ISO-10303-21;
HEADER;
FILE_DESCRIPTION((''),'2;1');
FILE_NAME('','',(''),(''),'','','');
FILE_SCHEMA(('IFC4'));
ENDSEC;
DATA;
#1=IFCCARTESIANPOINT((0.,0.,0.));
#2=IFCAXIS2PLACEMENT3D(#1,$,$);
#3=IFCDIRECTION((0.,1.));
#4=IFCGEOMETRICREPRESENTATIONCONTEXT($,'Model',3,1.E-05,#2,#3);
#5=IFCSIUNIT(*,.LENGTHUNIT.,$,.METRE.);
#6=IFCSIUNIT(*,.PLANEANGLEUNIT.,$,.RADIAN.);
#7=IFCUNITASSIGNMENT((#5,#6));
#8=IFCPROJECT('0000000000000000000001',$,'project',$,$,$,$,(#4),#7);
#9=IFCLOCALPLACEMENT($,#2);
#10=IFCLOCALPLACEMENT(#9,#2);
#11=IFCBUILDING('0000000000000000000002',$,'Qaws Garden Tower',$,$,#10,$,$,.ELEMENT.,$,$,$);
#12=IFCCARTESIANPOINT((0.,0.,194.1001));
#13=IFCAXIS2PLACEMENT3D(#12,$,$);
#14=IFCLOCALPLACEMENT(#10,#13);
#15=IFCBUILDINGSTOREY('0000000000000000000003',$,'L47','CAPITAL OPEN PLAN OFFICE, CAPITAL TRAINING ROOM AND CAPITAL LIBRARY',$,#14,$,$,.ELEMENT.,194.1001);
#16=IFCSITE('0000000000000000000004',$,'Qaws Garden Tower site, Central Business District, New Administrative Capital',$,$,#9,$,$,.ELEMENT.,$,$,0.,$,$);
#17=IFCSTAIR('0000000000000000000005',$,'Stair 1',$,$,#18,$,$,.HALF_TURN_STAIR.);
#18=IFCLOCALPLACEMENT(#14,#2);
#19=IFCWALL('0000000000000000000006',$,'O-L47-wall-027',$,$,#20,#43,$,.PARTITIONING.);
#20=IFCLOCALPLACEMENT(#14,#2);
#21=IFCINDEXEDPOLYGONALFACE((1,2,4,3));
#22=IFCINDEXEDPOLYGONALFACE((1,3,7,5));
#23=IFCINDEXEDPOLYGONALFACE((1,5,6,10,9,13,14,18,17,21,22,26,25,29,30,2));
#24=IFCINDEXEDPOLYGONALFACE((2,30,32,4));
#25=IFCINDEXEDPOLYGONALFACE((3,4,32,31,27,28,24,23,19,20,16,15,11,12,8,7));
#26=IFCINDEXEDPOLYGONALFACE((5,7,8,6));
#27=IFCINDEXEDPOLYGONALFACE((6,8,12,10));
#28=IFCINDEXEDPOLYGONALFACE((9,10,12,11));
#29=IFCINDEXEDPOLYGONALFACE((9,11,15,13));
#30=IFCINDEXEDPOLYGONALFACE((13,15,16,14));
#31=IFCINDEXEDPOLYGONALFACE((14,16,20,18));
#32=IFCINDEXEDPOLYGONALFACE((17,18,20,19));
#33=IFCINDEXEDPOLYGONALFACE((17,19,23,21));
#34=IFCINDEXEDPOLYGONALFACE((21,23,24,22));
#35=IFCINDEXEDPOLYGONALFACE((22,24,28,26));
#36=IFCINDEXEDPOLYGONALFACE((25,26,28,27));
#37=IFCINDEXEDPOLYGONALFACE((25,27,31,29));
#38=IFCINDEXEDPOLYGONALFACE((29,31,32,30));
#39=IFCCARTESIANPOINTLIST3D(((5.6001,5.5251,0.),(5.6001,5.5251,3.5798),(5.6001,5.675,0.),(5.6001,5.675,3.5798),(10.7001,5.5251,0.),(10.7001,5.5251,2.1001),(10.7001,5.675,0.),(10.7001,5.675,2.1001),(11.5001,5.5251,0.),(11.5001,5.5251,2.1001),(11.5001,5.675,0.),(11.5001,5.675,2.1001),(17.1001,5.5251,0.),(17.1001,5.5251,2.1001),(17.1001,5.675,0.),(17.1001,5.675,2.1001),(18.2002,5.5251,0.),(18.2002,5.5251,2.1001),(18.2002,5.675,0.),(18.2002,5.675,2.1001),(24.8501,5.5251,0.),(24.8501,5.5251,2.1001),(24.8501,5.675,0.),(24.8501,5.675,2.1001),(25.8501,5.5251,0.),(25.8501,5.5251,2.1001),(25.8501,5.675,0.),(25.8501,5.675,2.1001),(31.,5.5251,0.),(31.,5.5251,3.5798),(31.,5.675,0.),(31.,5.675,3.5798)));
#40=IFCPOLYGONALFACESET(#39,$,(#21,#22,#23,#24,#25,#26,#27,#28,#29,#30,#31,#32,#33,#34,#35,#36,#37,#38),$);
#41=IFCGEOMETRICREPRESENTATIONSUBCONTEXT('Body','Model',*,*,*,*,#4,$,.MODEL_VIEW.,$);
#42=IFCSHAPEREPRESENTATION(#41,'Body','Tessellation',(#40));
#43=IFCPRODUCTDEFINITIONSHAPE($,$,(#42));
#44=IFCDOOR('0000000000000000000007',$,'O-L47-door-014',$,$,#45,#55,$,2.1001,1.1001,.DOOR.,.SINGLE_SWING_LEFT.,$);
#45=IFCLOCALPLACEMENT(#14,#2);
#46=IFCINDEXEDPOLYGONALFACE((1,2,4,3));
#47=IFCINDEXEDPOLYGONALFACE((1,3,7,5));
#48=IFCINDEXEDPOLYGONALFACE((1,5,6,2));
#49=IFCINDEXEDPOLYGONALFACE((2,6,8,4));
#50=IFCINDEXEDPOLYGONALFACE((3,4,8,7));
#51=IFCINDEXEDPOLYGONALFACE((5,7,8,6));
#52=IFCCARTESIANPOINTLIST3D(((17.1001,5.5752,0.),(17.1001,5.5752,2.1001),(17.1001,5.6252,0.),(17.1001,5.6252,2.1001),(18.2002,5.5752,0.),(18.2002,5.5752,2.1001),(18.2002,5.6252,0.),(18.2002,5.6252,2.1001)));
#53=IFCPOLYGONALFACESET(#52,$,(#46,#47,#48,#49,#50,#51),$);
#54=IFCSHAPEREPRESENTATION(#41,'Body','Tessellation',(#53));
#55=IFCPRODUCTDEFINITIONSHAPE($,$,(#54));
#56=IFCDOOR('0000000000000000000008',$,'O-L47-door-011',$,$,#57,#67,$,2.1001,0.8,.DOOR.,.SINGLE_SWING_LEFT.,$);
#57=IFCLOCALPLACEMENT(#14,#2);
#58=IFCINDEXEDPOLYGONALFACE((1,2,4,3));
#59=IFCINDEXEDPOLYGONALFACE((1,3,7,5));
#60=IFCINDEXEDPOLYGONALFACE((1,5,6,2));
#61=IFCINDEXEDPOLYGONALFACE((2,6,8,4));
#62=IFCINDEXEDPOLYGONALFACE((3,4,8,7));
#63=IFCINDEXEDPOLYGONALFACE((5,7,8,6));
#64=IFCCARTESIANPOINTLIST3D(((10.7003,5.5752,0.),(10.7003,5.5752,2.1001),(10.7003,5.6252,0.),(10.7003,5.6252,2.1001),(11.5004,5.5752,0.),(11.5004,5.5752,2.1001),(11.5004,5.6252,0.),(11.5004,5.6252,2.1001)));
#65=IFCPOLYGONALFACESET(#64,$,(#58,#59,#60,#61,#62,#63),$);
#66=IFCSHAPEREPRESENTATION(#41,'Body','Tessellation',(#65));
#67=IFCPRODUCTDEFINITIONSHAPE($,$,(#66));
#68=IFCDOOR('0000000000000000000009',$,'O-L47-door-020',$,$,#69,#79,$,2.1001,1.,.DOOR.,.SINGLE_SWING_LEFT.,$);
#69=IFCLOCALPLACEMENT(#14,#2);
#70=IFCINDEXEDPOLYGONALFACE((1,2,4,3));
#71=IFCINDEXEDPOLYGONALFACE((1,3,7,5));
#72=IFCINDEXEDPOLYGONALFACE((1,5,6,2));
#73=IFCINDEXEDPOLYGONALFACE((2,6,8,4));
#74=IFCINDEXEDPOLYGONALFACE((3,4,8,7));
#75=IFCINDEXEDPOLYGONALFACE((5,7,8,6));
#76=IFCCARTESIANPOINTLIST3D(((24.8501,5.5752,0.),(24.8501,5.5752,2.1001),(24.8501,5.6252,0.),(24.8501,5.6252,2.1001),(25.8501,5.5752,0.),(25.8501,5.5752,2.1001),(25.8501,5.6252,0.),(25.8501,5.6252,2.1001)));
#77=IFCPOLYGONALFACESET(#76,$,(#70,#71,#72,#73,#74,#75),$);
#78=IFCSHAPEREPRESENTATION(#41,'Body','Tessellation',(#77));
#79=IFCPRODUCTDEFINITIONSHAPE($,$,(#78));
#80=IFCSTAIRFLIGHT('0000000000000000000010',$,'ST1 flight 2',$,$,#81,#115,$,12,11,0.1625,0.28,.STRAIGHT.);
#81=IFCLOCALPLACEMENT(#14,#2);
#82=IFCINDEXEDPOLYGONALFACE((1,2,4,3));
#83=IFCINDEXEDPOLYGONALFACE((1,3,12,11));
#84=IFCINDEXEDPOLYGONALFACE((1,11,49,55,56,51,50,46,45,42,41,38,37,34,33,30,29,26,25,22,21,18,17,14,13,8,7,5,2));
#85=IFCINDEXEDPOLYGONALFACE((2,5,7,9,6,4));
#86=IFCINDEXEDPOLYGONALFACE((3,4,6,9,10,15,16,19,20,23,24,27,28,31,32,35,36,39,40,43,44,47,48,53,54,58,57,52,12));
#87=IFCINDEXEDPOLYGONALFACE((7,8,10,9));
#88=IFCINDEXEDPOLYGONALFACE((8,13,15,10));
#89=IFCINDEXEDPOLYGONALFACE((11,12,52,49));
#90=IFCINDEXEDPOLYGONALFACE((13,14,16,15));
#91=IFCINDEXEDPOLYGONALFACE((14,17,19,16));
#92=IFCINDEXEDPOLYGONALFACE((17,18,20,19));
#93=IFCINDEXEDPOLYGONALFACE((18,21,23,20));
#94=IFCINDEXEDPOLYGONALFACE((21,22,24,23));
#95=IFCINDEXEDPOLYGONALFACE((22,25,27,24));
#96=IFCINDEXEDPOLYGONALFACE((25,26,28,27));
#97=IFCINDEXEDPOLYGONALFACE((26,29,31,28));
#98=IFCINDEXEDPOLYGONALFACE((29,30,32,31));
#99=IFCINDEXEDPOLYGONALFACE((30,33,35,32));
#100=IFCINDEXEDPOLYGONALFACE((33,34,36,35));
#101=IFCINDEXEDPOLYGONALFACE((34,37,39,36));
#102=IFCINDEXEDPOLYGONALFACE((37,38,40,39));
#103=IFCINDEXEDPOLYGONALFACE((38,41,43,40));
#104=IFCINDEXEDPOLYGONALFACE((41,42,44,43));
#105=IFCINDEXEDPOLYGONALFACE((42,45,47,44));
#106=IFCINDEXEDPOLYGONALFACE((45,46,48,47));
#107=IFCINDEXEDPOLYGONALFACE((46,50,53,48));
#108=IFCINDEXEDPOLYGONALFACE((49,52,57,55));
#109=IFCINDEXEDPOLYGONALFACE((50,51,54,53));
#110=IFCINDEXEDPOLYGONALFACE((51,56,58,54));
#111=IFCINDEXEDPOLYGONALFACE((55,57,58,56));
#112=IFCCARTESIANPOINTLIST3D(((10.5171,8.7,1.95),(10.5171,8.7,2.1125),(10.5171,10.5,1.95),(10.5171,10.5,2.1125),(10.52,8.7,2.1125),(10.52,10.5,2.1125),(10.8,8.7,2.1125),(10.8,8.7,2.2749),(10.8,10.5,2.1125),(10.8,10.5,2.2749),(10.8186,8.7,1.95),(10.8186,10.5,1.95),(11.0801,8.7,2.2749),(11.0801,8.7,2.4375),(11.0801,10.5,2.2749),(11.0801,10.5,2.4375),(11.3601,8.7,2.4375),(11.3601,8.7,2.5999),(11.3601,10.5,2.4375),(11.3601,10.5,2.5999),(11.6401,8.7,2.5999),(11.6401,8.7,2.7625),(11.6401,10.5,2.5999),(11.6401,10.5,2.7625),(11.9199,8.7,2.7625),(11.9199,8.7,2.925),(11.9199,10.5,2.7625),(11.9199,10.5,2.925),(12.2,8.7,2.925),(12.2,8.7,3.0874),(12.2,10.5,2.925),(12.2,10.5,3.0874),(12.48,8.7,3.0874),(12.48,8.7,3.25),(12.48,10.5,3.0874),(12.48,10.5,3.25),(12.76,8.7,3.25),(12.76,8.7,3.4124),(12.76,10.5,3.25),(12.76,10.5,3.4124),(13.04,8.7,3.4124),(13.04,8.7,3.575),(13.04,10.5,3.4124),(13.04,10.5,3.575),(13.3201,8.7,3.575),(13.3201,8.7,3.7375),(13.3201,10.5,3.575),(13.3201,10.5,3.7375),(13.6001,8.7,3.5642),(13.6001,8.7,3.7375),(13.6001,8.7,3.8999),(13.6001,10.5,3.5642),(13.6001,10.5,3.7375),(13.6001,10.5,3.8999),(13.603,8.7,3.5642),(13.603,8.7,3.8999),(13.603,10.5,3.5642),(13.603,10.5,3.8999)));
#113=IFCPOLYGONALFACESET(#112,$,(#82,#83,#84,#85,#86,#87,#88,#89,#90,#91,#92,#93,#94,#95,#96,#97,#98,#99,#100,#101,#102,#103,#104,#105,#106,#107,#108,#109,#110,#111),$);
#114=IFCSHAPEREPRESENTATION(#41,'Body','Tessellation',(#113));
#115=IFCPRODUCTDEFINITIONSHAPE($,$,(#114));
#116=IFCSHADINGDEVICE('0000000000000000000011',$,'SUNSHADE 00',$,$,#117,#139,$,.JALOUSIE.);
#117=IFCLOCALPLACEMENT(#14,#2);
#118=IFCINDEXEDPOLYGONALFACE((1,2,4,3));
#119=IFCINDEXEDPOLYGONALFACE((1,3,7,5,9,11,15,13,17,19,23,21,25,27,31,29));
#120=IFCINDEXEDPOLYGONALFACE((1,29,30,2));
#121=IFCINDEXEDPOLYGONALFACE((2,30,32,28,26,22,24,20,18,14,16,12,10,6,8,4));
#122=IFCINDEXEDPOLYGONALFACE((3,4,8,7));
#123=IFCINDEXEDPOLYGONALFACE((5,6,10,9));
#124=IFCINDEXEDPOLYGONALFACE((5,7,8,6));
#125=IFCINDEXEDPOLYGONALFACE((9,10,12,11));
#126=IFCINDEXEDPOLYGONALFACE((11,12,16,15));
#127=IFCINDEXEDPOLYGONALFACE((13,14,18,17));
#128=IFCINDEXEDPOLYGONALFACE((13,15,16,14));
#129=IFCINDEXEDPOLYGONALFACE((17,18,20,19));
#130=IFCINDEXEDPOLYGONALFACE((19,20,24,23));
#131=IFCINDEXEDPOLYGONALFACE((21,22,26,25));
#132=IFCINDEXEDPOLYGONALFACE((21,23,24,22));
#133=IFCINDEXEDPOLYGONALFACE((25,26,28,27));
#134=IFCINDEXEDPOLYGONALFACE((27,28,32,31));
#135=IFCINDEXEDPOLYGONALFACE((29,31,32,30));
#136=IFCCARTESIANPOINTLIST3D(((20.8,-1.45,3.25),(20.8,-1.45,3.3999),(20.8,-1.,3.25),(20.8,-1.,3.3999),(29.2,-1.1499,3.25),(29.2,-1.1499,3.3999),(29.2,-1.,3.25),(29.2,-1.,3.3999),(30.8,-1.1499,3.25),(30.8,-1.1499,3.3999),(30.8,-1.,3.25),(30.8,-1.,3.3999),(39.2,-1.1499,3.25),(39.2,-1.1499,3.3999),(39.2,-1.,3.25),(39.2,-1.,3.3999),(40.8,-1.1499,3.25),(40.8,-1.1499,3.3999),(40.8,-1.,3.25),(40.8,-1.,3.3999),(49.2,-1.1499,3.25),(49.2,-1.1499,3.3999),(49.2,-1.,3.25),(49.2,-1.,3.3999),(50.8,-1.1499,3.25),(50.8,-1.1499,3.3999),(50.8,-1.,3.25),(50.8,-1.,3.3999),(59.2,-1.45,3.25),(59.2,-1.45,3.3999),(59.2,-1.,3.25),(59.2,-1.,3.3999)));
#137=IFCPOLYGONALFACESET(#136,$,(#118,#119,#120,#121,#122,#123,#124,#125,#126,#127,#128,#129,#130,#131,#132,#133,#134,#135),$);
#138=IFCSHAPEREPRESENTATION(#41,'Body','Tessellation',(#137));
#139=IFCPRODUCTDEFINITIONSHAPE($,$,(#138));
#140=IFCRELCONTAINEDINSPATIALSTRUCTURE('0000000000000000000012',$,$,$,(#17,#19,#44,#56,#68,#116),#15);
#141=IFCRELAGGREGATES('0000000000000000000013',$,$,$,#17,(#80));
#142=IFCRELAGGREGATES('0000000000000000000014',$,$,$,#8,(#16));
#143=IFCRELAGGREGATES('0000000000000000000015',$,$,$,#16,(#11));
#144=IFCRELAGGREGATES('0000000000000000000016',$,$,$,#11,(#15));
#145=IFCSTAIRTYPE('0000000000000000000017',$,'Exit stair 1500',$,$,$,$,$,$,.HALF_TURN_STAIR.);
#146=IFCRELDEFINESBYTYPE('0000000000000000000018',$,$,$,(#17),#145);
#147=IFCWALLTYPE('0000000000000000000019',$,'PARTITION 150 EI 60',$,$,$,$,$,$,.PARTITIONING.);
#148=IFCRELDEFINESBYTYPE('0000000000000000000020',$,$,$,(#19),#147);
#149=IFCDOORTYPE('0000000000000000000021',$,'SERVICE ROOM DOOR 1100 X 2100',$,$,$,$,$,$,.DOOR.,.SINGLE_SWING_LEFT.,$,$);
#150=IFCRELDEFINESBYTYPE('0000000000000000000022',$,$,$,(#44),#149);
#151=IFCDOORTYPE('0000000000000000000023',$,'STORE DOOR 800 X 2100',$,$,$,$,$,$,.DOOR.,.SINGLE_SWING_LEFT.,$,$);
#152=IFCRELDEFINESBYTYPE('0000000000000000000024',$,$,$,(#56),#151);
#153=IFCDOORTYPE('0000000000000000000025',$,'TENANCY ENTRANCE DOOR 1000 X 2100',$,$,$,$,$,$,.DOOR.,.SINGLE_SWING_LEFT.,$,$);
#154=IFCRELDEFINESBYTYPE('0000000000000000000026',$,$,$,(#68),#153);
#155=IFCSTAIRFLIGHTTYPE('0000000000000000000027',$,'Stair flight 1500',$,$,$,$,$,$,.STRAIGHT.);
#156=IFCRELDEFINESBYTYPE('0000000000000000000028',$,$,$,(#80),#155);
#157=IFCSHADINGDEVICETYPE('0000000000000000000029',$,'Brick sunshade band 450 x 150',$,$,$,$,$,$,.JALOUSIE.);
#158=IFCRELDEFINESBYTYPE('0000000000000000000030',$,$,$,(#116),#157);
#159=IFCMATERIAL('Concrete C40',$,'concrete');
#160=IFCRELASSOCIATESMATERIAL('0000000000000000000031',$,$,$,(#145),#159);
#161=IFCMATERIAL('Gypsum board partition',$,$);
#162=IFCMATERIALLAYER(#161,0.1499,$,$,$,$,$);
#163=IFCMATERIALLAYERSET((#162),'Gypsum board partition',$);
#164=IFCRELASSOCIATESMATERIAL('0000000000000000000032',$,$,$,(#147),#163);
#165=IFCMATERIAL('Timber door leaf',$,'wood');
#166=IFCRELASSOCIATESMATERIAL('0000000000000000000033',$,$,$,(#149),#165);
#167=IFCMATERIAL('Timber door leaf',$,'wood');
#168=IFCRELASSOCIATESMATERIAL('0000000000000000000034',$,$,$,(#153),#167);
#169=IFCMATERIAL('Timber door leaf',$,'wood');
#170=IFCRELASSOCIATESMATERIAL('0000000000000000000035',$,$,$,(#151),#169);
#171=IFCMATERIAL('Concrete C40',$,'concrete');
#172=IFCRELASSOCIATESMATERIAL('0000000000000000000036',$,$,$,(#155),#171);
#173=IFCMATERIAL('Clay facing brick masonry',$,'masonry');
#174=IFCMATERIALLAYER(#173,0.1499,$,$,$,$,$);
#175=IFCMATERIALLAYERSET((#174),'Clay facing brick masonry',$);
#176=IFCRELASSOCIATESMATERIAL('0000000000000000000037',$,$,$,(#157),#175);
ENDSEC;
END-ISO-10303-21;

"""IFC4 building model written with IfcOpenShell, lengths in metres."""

from ifc_helpers import new_model, si_unit, direction, frame, frame_2d, origin, place, context, subcontext, project, spatial, polyline, rectangle, outline, extrude, material, layer, layer_set, type_object, element, fill, aggregate, save


model = new_model("IFC4")

# Units and contexts
model_context = context("Model", 3, precision=1e-05, world=origin(), true_north=direction((0.0, 1.0)))
body_context = subcontext(model_context, "Body", "Model", "MODEL_VIEW")
ifc_project = project(units=[si_unit("LENGTHUNIT", "METRE"), si_unit("PLANEANGLEUNIT", "RADIAN")], contexts=[model_context])

# Site, building, storey
site_placement = place(None, origin())
site = spatial("IfcSite", under=ifc_project, at=site_placement, Name="Qaws Garden Tower site, Central Business District, New Administrative Capital", CompositionType="ELEMENT", RefElevation=0.0)
building_placement = place(site_placement, origin())
building = spatial("IfcBuilding", under=site, at=building_placement, Name="Qaws Garden Tower", CompositionType="ELEMENT")
storey_placement = place(building_placement, frame((0.0, 0.0, 194.1001)))
storey = spatial("IfcBuildingStorey", under=building, at=storey_placement, Name="L47", Description="CAPITAL OPEN PLAN OFFICE, CAPITAL TRAINING ROOM AND CAPITAL LIBRARY", CompositionType="ELEMENT", Elevation=194.1001)

# Stair
ifc_material_1 = material(Name="Concrete C40", Category="concrete")
stair_type_1 = type_object("IfcStairType", Name="Exit stair 1500", PredefinedType="HALF_TURN_STAIR", material=ifc_material_1)
placement_1 = place(storey_placement, origin())
stair_1 = element("IfcStair", 1, at=placement_1, inside=storey, type_object=stair_type_1, Name="Stair 1", PredefinedType="HALF_TURN_STAIR")

# Wall, openings, doors
ifc_material_2 = material(Name="Gypsum board partition")
ifc_layer_1 = layer(ifc_material_2, 0.1499)
ifc_layer_set_1 = layer_set([ifc_layer_1], Name="Gypsum board partition")
wall_type_1 = type_object("IfcWallType", Name="PARTITION 150 EI 60", PredefinedType="PARTITIONING", material=ifc_layer_set_1)
ifc_material_3 = material(Name="Timber door leaf", Category="wood")
door_type_1 = type_object("IfcDoorType", Name="SERVICE ROOM DOOR 1100 X 2100", OperationType="SINGLE_SWING_LEFT", PredefinedType="DOOR", material=ifc_material_3)
ifc_material_4 = material(Name="Timber door leaf", Category="wood")
door_type_2 = type_object("IfcDoorType", Name="TENANCY ENTRANCE DOOR 1000 X 2100", OperationType="SINGLE_SWING_LEFT", PredefinedType="DOOR", material=ifc_material_4)
wall_1_placement = place(storey_placement, frame((5.6001, 5.6001, 0.0), z_axis=(0.0, 0.0, 1.0), x_axis=(1.0, 0.0, 0.0)))
wall_1 = element("IfcWall", 2, at=wall_1_placement, inside=storey, type_object=wall_type_1, Name="O-L47-wall-027", PredefinedType="PARTITIONING", context=body_context, shape_type="SweptSolid", body=[
    extrude(rectangle(XDim=25.3999, YDim=0.1499, at=frame_2d((12.7, 0.0))), origin(), (0.0, 0.0, 1.0), 3.5798),
])
opening_1_placement = place(wall_1_placement, frame((5.1001, 0.0, 0.0)))
opening_1 = element("IfcOpeningElement", 3, at=opening_1_placement, cuts=wall_1, PredefinedType="OPENING", context=body_context, shape_type="SweptSolid", body=[
    extrude(rectangle(XDim=0.8, YDim=2.1001, at=frame_2d((0.3999, 1.05))), frame((0.0, 0.085, 0.0), z_axis=(0.0, -1.0, 0.0), x_axis=(1.0, 0.0, 0.0)), (0.0, 0.0, 1.0), 0.1699),
])
opening_2_placement = place(wall_1_placement, frame((11.5, 0.0, 0.0)))
opening_2 = element("IfcOpeningElement", 4, at=opening_2_placement, cuts=wall_1, PredefinedType="OPENING", context=body_context, shape_type="SweptSolid", body=[
    extrude(rectangle(XDim=1.1001, YDim=2.1001, at=frame_2d((0.55, 1.05))), frame((0.0, 0.085, 0.0), z_axis=(0.0, -1.0, 0.0), x_axis=(1.0, 0.0, 0.0)), (0.0, 0.0, 1.0), 0.1699),
])
opening_3_placement = place(wall_1_placement, frame((19.25, 0.0, 0.0)))
opening_3 = element("IfcOpeningElement", 5, at=opening_3_placement, cuts=wall_1, PredefinedType="OPENING", context=body_context, shape_type="SweptSolid", body=[
    extrude(rectangle(XDim=1.0, YDim=2.1001, at=frame_2d((0.5, 1.05))), frame((0.0, 0.085, 0.0), z_axis=(0.0, -1.0, 0.0), x_axis=(1.0, 0.0, 0.0)), (0.0, 0.0, 1.0), 0.1699),
])
door_1_placement = place(opening_2_placement, frame((1.1001, 0.0, 0.0), z_axis=(0.0, 0.0, 1.0), x_axis=(-1.0, 0.0, 0.0)))
door_1 = element("IfcDoor", 6, at=door_1_placement, inside=storey, type_object=door_type_1, Name="O-L47-door-014", OperationType="SINGLE_SWING_LEFT", OverallHeight=2.1001, OverallWidth=1.1001, PredefinedType="DOOR", context=body_context, shape_type="SweptSolid", body=[
    extrude(rectangle(XDim=1.1001, YDim=2.1001, at=frame_2d((0.55, 1.05))), frame((0.0, 0.0249, 0.0), z_axis=(0.0, -1.0, 0.0), x_axis=(1.0, 0.0, 0.0)), (0.0, 0.0, 1.0), 0.05),
])
fill(opening_2, door_1)
ifc_material_5 = material(Name="Timber door leaf", Category="wood")
door_type_3 = type_object("IfcDoorType", Name="STORE DOOR 800 X 2100", OperationType="SINGLE_SWING_LEFT", PredefinedType="DOOR", material=ifc_material_5)
door_2_placement = place(opening_1_placement, frame((0.8, 0.0, 0.0), z_axis=(0.0, 0.0, 1.0), x_axis=(-1.0, 0.0, 0.0)))
door_2 = element("IfcDoor", 7, at=door_2_placement, inside=storey, type_object=door_type_3, Name="O-L47-door-011", OperationType="SINGLE_SWING_LEFT", OverallHeight=2.1001, OverallWidth=0.8, PredefinedType="DOOR", context=body_context, shape_type="SweptSolid", body=[
    extrude(rectangle(XDim=0.8, YDim=2.1001, at=frame_2d((0.3999, 1.05))), frame((0.0, 0.0249, 0.0), z_axis=(0.0, -1.0, 0.0), x_axis=(1.0, 0.0, 0.0)), (0.0, 0.0, 1.0), 0.05),
])
fill(opening_1, door_2)
door_3_placement = place(opening_3_placement, frame((1.0, 0.0, 0.0), z_axis=(0.0, 0.0, 1.0), x_axis=(-1.0, 0.0, 0.0)))
door_3 = element("IfcDoor", 8, at=door_3_placement, inside=storey, type_object=door_type_2, Name="O-L47-door-020", OperationType="SINGLE_SWING_LEFT", OverallHeight=2.1001, OverallWidth=1.0, PredefinedType="DOOR", context=body_context, shape_type="SweptSolid", body=[
    extrude(rectangle(XDim=1.0, YDim=2.1001, at=frame_2d((0.5, 1.05))), frame((0.0, 0.0249, 0.0), z_axis=(0.0, -1.0, 0.0), x_axis=(1.0, 0.0, 0.0)), (0.0, 0.0, 1.0), 0.05),
])
fill(opening_3, door_3)

# Stair flight
ifc_material_6 = material(Name="Concrete C40", Category="concrete")
stair_flight_type = type_object("IfcStairFlightType", Name="Stair flight 1500", PredefinedType="STRAIGHT", material=ifc_material_6)
stair_flight_placement = place(storey_placement, frame((10.52, 9.6001, 1.95), z_axis=(0.0, 0.0, 1.0), x_axis=(1.0, 0.0, 0.0)))
stair_flight = element("IfcStairFlight", 9, at=stair_flight_placement, type_object=stair_flight_type, Name="ST1 flight 2", NumberOfRisers=12, NumberOfTreads=11, PredefinedType="STRAIGHT", RiserHeight=0.1625, TreadLength=0.28, context=body_context, shape_type="SweptSolid", body=[
    extrude(outline(polyline([(-0.0029, 0.0), (-0.0029, 0.1626), (0.0, 0.1626), (0.28, 0.1626), (0.28, 0.325), (0.5601, 0.325), (0.5601, 0.4875), (0.8401, 0.4875), (0.8401, 0.6499), (1.1201, 0.6499), (1.1201, 0.8125), (1.3999, 0.8125), (1.3999, 0.9751), (1.6799, 0.9751), (1.6799, 1.1375), (1.96, 1.1375), (1.96, 1.3), (2.24, 1.3), (2.24, 1.4624), (2.52, 1.4624), (2.52, 1.625), (2.8, 1.625), (2.8, 1.7876), (3.0801, 1.7876), (3.0801, 1.95), (3.083, 1.95), (3.083, 1.6143), (3.0801, 1.6143), (0.2986, 0.0), (-0.0029, 0.0)])), frame((0.0, 0.8999, 0.0), z_axis=(0.0, -1.0, 0.0), x_axis=(1.0, 0.0, 0.0)), (0.0, 0.0, 1.0), 1.8),
])
aggregate(stair_1, [stair_flight])

# Shading device
ifc_material_7 = material(Name="Clay facing brick masonry", Category="masonry")
ifc_layer_2 = layer(ifc_material_7, 0.1499)
ifc_layer_set_2 = layer_set([ifc_layer_2], Name="Clay facing brick masonry")
shading_device_type = type_object("IfcShadingDeviceType", Name="Brick sunshade band 450 x 150", PredefinedType="JALOUSIE", material=ifc_layer_set_2)
shading_device_placement = place(storey_placement, frame((0.0, 0.0, 3.25)))
element("IfcShadingDevice", 10, at=shading_device_placement, inside=storey, type_object=shading_device_type, Name="SUNSHADE 00", PredefinedType="JALOUSIE", context=body_context, shape_type="SweptSolid", body=[
    extrude(outline(polyline([(20.8, -1.0), (20.8, -1.45), (59.2, -1.45), (59.2, -1.0), (50.8, -1.0), (50.8, -1.1499), (49.2, -1.1499), (49.2, -1.0), (40.8, -1.0), (40.8, -1.1499), (39.2, -1.1499), (39.2, -1.0), (30.8, -1.0), (30.8, -1.1499), (29.2, -1.1499), (29.2, -1.0), (20.8, -1.0)])), origin(), (0.0, 0.0, 1.0), 0.1499),
])

save(model, "model.ifc")
